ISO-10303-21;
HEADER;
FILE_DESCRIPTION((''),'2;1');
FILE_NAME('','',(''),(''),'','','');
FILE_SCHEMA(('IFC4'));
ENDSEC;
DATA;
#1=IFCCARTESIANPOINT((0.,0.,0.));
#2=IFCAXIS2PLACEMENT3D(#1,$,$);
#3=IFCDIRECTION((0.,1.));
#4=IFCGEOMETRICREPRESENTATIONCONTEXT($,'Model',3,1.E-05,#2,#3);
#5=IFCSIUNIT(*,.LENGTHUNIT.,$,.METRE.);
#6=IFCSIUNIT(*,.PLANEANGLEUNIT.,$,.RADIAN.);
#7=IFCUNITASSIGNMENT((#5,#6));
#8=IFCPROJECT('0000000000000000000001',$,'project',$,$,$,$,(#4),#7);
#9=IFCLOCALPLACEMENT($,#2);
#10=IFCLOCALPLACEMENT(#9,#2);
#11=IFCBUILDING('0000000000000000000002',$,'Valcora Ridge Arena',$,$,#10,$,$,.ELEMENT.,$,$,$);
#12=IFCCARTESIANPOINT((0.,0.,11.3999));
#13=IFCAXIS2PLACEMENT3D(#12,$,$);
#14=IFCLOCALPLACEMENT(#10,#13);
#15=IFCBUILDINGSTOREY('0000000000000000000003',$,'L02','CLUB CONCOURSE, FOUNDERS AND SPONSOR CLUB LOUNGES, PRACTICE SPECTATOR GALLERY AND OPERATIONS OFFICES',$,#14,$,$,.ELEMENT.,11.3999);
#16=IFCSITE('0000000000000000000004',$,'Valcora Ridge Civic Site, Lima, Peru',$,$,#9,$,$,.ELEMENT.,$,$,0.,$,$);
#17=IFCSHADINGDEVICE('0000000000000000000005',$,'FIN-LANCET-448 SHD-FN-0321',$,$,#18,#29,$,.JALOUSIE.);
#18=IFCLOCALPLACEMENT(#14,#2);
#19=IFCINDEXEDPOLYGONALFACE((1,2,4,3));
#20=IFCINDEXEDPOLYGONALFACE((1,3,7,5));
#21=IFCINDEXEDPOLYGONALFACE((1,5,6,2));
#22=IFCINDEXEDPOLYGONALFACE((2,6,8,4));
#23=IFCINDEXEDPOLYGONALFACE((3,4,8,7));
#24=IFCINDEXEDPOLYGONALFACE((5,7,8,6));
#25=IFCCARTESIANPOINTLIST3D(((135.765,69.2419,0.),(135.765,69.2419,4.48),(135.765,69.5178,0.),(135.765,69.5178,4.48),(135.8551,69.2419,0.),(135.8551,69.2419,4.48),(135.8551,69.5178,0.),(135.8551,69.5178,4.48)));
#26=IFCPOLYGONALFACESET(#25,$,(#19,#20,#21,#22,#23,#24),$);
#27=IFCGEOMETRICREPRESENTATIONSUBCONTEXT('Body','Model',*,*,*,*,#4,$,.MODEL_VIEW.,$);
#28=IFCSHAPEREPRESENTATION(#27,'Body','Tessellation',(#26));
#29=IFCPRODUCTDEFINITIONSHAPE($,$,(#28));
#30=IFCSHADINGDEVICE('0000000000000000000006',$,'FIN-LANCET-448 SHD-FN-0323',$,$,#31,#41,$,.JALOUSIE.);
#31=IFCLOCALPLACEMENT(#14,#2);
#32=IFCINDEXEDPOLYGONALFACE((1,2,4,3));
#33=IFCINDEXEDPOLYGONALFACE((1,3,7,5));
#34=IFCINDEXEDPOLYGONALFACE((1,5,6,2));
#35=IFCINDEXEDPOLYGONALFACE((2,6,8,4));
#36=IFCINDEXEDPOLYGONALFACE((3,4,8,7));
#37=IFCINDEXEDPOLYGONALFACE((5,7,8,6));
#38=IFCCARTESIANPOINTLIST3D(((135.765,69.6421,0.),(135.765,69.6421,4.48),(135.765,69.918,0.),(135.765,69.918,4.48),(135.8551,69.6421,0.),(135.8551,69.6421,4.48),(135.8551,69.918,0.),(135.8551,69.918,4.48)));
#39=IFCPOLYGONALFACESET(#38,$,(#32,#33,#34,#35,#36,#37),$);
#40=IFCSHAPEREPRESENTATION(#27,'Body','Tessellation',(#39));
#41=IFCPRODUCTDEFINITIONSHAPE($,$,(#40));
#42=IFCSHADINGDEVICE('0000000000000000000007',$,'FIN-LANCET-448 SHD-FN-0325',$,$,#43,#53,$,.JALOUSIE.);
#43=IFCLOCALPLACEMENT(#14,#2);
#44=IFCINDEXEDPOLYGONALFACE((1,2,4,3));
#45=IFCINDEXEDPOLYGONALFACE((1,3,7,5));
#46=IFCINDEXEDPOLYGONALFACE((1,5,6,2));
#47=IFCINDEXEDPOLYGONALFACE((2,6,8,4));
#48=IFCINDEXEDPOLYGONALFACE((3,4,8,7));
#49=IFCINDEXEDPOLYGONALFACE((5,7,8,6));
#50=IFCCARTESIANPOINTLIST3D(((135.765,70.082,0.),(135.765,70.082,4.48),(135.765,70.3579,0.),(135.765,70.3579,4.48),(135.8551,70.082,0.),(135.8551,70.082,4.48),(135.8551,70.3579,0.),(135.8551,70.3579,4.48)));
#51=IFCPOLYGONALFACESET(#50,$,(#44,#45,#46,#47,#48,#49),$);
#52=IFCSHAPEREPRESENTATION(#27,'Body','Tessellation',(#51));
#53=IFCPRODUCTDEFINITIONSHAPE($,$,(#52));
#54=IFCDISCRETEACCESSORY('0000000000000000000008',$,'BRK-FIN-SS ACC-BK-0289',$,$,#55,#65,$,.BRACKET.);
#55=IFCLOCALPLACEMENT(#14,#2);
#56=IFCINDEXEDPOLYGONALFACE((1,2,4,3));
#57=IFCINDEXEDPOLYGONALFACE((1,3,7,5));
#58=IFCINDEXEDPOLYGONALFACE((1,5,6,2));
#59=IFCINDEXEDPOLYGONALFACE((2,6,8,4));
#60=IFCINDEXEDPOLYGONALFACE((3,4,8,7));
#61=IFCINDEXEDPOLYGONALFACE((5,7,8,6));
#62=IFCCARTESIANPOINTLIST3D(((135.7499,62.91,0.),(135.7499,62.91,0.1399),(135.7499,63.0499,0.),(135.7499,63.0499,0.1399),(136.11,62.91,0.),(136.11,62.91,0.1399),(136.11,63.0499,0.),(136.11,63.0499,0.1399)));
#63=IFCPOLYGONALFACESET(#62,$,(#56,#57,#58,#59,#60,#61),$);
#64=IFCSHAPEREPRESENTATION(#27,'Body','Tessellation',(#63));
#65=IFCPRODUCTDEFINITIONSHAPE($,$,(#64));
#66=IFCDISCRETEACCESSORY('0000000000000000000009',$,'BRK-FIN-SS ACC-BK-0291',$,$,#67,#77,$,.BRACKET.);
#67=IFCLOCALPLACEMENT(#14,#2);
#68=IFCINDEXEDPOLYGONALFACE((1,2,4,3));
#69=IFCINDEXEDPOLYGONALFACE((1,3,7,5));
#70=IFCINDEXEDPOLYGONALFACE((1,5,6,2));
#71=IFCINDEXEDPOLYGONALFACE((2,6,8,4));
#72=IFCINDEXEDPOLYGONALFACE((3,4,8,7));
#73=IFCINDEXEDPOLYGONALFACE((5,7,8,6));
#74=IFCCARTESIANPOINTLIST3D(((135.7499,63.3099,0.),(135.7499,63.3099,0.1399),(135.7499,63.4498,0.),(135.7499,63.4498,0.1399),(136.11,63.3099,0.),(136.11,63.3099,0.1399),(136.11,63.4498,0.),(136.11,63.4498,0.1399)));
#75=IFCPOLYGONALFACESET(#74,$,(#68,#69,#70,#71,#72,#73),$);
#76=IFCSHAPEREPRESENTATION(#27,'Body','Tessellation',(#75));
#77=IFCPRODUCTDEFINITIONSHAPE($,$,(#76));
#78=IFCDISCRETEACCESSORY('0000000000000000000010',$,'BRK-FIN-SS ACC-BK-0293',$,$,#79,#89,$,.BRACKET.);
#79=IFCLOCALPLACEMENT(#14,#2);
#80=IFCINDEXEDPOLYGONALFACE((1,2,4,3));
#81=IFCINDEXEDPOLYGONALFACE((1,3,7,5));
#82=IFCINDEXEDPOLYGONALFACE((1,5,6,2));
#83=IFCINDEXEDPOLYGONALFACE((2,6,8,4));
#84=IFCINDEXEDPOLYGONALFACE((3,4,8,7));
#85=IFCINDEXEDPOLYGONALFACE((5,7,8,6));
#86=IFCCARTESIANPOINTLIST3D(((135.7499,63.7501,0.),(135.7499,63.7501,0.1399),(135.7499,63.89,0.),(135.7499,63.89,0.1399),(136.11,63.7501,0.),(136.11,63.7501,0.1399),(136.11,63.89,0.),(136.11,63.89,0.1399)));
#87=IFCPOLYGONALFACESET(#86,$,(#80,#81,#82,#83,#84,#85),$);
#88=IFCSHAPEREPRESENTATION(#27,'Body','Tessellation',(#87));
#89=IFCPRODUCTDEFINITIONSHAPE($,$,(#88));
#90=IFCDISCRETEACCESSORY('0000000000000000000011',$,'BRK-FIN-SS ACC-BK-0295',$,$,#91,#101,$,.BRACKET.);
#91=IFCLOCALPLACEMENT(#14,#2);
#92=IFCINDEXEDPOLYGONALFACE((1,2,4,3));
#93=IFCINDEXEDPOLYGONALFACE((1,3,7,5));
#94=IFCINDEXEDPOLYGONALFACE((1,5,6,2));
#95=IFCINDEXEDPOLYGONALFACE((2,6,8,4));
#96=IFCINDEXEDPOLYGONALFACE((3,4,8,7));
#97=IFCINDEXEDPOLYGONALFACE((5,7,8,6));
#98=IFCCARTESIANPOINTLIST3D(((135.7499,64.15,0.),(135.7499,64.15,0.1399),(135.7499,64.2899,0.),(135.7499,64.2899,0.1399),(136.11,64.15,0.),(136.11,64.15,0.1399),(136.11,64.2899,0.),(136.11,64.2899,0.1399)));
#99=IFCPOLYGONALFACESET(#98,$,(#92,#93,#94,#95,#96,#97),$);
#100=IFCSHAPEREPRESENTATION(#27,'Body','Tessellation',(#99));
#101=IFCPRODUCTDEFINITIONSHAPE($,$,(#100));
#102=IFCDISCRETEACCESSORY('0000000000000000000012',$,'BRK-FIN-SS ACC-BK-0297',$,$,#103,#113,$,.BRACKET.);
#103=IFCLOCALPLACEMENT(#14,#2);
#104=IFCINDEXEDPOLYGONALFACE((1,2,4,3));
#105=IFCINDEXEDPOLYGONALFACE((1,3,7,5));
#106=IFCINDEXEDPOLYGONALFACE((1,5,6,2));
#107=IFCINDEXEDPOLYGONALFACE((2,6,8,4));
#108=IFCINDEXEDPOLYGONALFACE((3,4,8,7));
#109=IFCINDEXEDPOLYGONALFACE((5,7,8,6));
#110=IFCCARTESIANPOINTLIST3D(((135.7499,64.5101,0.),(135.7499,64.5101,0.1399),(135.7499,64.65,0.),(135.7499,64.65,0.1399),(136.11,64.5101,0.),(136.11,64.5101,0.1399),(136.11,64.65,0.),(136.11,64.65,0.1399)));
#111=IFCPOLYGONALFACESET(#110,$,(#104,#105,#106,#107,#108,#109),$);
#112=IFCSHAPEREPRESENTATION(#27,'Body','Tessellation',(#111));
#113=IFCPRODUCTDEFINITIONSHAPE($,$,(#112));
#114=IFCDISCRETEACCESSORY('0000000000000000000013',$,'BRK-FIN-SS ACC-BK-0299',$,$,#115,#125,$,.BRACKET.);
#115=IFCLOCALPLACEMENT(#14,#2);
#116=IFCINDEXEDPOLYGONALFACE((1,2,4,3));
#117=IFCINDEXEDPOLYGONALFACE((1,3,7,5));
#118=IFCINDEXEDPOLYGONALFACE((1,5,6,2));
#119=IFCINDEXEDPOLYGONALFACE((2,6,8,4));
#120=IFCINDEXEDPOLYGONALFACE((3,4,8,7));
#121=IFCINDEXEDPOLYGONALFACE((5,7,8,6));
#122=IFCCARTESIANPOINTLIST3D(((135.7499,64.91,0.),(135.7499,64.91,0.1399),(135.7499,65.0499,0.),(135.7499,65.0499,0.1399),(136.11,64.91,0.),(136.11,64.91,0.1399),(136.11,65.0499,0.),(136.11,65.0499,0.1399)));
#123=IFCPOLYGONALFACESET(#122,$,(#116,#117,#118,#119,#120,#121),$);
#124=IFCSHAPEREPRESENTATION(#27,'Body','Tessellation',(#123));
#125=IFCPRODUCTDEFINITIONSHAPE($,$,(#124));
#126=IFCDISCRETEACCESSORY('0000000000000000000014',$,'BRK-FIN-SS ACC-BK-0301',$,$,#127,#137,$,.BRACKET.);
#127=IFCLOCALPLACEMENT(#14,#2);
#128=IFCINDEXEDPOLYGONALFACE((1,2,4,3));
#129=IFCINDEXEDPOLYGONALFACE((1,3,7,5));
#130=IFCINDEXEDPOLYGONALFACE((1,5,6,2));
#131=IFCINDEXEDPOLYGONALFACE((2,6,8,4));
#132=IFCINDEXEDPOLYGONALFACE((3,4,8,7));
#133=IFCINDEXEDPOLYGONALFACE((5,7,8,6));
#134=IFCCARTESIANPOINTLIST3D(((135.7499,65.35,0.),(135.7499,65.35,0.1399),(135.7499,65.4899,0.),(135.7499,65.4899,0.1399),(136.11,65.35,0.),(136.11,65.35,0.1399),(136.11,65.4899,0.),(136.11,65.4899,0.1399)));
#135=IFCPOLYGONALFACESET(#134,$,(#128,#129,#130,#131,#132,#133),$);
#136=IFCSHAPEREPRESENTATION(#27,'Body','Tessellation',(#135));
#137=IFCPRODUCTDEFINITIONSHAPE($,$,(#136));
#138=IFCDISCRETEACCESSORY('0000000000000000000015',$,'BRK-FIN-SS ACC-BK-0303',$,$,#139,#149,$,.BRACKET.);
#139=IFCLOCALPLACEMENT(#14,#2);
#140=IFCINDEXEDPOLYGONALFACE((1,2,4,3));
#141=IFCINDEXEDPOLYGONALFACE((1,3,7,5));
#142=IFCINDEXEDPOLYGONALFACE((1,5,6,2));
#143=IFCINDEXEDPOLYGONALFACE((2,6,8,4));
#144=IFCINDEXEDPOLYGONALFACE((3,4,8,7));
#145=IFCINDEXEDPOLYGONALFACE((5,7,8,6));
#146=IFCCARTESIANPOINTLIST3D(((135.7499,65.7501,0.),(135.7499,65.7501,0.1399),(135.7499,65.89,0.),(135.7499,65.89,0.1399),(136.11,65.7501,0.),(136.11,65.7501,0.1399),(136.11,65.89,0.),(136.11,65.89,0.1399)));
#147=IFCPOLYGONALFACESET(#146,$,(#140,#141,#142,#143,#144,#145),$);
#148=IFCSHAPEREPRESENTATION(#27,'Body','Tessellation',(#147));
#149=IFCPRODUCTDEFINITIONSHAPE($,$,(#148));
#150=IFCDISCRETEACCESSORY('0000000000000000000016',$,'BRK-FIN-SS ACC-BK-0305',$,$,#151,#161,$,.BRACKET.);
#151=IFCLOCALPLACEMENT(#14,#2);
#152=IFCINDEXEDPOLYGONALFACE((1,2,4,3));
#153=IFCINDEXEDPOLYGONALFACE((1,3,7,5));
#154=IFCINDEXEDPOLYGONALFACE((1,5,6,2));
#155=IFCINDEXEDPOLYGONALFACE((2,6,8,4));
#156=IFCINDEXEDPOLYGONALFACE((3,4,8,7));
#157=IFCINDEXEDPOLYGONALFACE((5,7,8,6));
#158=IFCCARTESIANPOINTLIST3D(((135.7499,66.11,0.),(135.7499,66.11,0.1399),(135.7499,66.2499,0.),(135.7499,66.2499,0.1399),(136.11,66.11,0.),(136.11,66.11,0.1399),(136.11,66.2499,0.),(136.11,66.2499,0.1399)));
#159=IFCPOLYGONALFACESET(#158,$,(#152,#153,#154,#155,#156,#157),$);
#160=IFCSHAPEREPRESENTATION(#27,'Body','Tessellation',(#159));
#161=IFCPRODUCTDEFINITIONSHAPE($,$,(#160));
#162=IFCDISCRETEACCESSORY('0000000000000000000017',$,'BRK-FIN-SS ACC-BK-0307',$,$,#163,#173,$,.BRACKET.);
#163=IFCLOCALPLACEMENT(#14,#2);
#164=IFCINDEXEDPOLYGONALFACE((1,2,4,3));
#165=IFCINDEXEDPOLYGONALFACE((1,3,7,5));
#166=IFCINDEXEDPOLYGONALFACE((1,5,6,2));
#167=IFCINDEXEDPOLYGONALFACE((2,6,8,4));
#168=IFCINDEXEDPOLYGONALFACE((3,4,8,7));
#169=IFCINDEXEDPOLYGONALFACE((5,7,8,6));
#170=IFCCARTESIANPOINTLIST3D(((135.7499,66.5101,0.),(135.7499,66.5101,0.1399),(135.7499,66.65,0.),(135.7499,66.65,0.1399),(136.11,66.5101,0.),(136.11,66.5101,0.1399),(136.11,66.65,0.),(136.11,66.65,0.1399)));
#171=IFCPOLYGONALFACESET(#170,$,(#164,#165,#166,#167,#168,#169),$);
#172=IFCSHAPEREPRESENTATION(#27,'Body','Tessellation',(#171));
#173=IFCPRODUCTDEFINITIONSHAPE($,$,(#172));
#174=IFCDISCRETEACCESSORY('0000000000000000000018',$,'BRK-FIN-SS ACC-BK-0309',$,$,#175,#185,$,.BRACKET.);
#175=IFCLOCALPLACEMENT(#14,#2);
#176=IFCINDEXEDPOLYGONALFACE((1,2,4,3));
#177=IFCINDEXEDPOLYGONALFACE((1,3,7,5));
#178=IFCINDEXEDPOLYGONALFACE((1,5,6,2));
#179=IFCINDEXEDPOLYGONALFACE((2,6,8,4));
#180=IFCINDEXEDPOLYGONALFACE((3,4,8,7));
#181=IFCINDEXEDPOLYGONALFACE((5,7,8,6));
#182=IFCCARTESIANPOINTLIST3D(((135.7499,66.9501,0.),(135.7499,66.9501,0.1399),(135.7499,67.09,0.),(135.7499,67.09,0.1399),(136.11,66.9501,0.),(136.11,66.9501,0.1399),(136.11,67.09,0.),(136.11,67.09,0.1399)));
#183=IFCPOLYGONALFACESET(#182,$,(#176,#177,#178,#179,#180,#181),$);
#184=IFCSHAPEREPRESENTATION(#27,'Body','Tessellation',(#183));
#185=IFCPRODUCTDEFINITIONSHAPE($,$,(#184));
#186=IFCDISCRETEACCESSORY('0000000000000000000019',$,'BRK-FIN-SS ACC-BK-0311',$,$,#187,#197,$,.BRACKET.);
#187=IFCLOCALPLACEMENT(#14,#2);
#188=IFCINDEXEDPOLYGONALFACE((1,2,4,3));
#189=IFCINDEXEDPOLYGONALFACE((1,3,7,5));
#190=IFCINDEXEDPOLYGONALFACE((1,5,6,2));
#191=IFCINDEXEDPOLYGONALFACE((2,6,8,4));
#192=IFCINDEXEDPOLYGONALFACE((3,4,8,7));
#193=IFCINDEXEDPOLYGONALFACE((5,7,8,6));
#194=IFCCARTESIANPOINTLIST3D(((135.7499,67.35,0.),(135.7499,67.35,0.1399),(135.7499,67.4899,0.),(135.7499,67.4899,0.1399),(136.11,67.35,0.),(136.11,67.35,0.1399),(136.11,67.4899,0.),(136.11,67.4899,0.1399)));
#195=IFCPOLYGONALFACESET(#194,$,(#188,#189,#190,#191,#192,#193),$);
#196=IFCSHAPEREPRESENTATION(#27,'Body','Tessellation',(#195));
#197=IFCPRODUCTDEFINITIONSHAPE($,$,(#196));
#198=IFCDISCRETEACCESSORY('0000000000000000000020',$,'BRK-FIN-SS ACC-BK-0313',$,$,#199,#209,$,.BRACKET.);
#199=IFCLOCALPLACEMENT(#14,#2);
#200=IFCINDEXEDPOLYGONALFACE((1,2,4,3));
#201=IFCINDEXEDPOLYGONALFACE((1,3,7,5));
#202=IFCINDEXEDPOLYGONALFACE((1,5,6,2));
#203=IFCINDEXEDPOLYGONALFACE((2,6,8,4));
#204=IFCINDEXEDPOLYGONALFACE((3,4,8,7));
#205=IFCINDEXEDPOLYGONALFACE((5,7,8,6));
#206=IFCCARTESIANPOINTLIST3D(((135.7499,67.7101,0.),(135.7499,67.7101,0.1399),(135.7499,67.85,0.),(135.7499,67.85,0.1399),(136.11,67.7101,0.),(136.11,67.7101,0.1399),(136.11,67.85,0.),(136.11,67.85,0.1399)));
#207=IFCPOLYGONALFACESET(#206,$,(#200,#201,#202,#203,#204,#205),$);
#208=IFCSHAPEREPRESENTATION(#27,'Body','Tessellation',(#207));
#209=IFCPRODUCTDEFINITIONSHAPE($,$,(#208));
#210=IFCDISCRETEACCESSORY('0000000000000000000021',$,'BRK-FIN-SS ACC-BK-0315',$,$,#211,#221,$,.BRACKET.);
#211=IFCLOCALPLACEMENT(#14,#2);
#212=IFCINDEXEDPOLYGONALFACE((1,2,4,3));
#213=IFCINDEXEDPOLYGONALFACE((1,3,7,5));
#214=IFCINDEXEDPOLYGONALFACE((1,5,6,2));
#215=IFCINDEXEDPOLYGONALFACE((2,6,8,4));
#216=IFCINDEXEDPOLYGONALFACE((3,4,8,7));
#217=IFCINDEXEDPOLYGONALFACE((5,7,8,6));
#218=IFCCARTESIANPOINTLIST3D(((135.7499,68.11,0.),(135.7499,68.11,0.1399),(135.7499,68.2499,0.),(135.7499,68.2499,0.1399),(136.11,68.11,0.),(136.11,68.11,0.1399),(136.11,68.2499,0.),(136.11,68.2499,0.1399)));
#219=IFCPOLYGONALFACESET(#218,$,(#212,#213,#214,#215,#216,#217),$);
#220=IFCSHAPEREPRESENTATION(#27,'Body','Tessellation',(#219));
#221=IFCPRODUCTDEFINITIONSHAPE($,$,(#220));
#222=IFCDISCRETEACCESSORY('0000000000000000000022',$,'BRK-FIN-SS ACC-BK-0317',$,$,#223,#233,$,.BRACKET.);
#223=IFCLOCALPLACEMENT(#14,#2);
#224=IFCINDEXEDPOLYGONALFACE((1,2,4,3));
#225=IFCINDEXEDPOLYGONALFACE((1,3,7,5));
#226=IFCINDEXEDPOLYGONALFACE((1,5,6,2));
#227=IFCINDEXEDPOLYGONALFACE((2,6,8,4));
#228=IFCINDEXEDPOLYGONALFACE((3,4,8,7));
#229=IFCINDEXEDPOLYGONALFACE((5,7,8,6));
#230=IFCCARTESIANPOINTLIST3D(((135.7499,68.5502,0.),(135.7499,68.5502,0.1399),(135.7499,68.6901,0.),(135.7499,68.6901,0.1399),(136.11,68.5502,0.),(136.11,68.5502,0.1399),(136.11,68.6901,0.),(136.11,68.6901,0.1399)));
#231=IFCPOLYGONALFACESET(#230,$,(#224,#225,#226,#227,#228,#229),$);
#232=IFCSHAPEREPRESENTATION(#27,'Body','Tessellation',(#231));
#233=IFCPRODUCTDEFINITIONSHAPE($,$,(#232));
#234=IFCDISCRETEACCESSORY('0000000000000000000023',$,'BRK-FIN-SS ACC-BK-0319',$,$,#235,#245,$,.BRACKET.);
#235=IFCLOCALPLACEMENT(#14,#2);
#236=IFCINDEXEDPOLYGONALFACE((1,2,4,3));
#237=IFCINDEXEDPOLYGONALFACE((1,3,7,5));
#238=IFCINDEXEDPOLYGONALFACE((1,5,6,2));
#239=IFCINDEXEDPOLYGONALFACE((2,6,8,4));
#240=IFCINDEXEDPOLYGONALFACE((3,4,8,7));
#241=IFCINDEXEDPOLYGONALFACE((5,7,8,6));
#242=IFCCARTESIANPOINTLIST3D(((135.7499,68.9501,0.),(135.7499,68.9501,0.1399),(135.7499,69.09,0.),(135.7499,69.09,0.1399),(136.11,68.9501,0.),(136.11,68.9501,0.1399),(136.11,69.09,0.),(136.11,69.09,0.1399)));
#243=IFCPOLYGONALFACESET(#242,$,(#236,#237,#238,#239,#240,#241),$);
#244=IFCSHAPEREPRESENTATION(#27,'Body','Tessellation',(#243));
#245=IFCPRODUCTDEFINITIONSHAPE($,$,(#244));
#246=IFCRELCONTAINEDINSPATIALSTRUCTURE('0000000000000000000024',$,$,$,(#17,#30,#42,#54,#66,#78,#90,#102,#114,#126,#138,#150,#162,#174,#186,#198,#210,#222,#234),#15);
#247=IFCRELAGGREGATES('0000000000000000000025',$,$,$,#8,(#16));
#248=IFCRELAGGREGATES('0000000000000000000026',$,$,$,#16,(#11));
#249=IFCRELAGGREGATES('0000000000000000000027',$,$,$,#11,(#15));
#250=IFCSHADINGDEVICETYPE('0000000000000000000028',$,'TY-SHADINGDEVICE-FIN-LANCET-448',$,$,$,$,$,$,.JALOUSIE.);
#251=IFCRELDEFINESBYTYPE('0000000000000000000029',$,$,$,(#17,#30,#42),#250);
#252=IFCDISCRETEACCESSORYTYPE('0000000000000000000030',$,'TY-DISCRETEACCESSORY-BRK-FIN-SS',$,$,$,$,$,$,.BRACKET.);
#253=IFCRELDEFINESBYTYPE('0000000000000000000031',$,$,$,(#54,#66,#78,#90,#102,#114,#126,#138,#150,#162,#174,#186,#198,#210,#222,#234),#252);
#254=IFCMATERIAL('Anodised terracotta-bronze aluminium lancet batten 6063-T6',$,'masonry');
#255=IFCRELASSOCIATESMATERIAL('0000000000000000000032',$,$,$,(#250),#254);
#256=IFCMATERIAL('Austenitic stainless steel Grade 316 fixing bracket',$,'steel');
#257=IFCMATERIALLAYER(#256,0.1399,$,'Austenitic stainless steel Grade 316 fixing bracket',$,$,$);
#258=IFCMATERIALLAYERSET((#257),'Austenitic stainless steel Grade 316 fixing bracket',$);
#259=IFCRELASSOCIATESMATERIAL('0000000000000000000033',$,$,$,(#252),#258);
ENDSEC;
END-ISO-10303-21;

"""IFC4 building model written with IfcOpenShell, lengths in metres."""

from ifc_helpers import new_model, si_unit, direction, frame, origin, origin_2d, place, context, subcontext, project, spatial, rectangle, extrude, material, layer, layer_set, material_profile, profile_set, type_object, element, save


model = new_model("IFC4")

# Units and contexts
model_context = context("Model", 3, precision=1e-05, world=origin(), true_north=direction((0.0, 1.0)))
body_context = subcontext(model_context, "Body", "Model", "MODEL_VIEW")
ifc_project = project(units=[si_unit("LENGTHUNIT", "METRE"), si_unit("PLANEANGLEUNIT", "RADIAN")], contexts=[model_context])

# Site, building, storey
site_placement = place(None, origin())
site = spatial("IfcSite", under=ifc_project, at=site_placement, Name="Valcora Ridge Civic Site, Lima, Peru", CompositionType="ELEMENT", RefElevation=0.0)
building_placement = place(site_placement, origin())
building = spatial("IfcBuilding", under=site, at=building_placement, Name="Valcora Ridge Arena", CompositionType="ELEMENT")
storey_placement = place(building_placement, frame((0.0, 0.0, 11.3999)))
storey = spatial("IfcBuildingStorey", under=building, at=storey_placement, Name="L02", Description="CLUB CONCOURSE, FOUNDERS AND SPONSOR CLUB LOUNGES, PRACTICE SPECTATOR GALLERY AND OPERATIONS OFFICES", CompositionType="ELEMENT", Elevation=11.3999)

# Shading devices
ifc_material_1 = material(Name="Anodised terracotta-bronze aluminium lancet batten 6063-T6", Category="masonry")
ifc_material_profile_1 = material_profile(ifc_material_1, rectangle(XDim=0.0901, YDim=0.2759, at=origin_2d()), Name="ALU LANCET BATTEN 90x276")
ifc_profile_set_1 = profile_set([ifc_material_profile_1], Name="Anodised terracotta-bronze aluminium lancet batten 6063-T6")
shading_device_type = type_object("IfcShadingDeviceType", Name="TY-SHADINGDEVICE-FIN-LANCET-448", PredefinedType="JALOUSIE", material=ifc_profile_set_1)
for number, where, z_axis, x_axis, name in (
    (1, (135.8101, 69.3799, 0.0), (0.0, 0.0, 1.0), (1.0, 0.0, 0.0), "FIN-LANCET-448 SHD-FN-0321"),
    (2, (135.8101, 69.78, 0.0), (0.0, 0.0, 1.0), (1.0, 0.0, 0.0), "FIN-LANCET-448 SHD-FN-0323"),
    (3, (135.8101, 70.22, 0.0), (0.0, 0.0, 1.0), (1.0, 0.0, 0.0), "FIN-LANCET-448 SHD-FN-0325"),
):
    element("IfcShadingDevice", number, at=place(storey_placement, frame(where, z_axis=z_axis, x_axis=x_axis)), inside=storey, type_object=shading_device_type, Name=name, PredefinedType="JALOUSIE", context=body_context, shape_type="SweptSolid", body=[
        extrude(rectangle(XDim=0.0901, YDim=0.2759, at=origin_2d()), origin(), (0.0, 0.0, 1.0), 4.48),
    ])

# Discrete accessories
ifc_material_2 = material(Name="Austenitic stainless steel Grade 316 fixing bracket", Category="steel")
ifc_layer = layer(ifc_material_2, 0.1399, Name="Austenitic stainless steel Grade 316 fixing bracket")
ifc_layer_set = layer_set([ifc_layer], Name="Austenitic stainless steel Grade 316 fixing bracket")
discrete_accessory_type = type_object("IfcDiscreteAccessoryType", Name="TY-DISCRETEACCESSORY-BRK-FIN-SS", PredefinedType="BRACKET", material=ifc_layer_set)
for number, where, z_axis, x_axis, name in (
    (4, (135.9299, 62.98, 0.0), (0.0, 0.0, 1.0), (1.0, 0.0, 0.0), "BRK-FIN-SS ACC-BK-0289"),
    (5, (135.9299, 63.3799, 0.0), (0.0, 0.0, 1.0), (1.0, 0.0, 0.0), "BRK-FIN-SS ACC-BK-0291"),
    (6, (135.9299, 63.8201, 0.0), (0.0, 0.0, 1.0), (1.0, 0.0, 0.0), "BRK-FIN-SS ACC-BK-0293"),
    (7, (135.9299, 64.22, 0.0), (0.0, 0.0, 1.0), (1.0, 0.0, 0.0), "BRK-FIN-SS ACC-BK-0295"),
    (8, (135.9299, 64.5801, 0.0), (0.0, 0.0, 1.0), (1.0, 0.0, 0.0), "BRK-FIN-SS ACC-BK-0297"),
    (9, (135.9299, 64.98, 0.0), (0.0, 0.0, 1.0), (1.0, 0.0, 0.0), "BRK-FIN-SS ACC-BK-0299"),
    (10, (135.9299, 65.4199, 0.0), (0.0, 0.0, 1.0), (1.0, 0.0, 0.0), "BRK-FIN-SS ACC-BK-0301"),
    (11, (135.9299, 65.8201, 0.0), (0.0, 0.0, 1.0), (1.0, 0.0, 0.0), "BRK-FIN-SS ACC-BK-0303"),
    (12, (135.9299, 66.1799, 0.0), (0.0, 0.0, 1.0), (1.0, 0.0, 0.0), "BRK-FIN-SS ACC-BK-0305"),
    (13, (135.9299, 66.5801, 0.0), (0.0, 0.0, 1.0), (1.0, 0.0, 0.0), "BRK-FIN-SS ACC-BK-0307"),
    (14, (135.9299, 67.02, 0.0), (0.0, 0.0, 1.0), (1.0, 0.0, 0.0), "BRK-FIN-SS ACC-BK-0309"),
    (15, (135.9299, 67.4199, 0.0), (0.0, 0.0, 1.0), (1.0, 0.0, 0.0), "BRK-FIN-SS ACC-BK-0311"),
    (16, (135.9299, 67.78, 0.0), (0.0, 0.0, 1.0), (1.0, 0.0, 0.0), "BRK-FIN-SS ACC-BK-0313"),
    (17, (135.9299, 68.1799, 0.0), (0.0, 0.0, 1.0), (1.0, 0.0, 0.0), "BRK-FIN-SS ACC-BK-0315"),
    (18, (135.9299, 68.6201, 0.0), (0.0, 0.0, 1.0), (1.0, 0.0, 0.0), "BRK-FIN-SS ACC-BK-0317"),
    (19, (135.9299, 69.02, 0.0), (0.0, 0.0, 1.0), (1.0, 0.0, 0.0), "BRK-FIN-SS ACC-BK-0319"),
):
    element("IfcDiscreteAccessory", number, at=place(storey_placement, frame(where, z_axis=z_axis, x_axis=x_axis)), inside=storey, type_object=discrete_accessory_type, Name=name, PredefinedType="BRACKET", context=body_context, shape_type="SweptSolid", body=[
        extrude(rectangle(XDim=0.3601, YDim=0.1399, at=origin_2d()), origin(), (0.0, 0.0, 1.0), 0.1399),
    ])

save(model, "model.ifc")
